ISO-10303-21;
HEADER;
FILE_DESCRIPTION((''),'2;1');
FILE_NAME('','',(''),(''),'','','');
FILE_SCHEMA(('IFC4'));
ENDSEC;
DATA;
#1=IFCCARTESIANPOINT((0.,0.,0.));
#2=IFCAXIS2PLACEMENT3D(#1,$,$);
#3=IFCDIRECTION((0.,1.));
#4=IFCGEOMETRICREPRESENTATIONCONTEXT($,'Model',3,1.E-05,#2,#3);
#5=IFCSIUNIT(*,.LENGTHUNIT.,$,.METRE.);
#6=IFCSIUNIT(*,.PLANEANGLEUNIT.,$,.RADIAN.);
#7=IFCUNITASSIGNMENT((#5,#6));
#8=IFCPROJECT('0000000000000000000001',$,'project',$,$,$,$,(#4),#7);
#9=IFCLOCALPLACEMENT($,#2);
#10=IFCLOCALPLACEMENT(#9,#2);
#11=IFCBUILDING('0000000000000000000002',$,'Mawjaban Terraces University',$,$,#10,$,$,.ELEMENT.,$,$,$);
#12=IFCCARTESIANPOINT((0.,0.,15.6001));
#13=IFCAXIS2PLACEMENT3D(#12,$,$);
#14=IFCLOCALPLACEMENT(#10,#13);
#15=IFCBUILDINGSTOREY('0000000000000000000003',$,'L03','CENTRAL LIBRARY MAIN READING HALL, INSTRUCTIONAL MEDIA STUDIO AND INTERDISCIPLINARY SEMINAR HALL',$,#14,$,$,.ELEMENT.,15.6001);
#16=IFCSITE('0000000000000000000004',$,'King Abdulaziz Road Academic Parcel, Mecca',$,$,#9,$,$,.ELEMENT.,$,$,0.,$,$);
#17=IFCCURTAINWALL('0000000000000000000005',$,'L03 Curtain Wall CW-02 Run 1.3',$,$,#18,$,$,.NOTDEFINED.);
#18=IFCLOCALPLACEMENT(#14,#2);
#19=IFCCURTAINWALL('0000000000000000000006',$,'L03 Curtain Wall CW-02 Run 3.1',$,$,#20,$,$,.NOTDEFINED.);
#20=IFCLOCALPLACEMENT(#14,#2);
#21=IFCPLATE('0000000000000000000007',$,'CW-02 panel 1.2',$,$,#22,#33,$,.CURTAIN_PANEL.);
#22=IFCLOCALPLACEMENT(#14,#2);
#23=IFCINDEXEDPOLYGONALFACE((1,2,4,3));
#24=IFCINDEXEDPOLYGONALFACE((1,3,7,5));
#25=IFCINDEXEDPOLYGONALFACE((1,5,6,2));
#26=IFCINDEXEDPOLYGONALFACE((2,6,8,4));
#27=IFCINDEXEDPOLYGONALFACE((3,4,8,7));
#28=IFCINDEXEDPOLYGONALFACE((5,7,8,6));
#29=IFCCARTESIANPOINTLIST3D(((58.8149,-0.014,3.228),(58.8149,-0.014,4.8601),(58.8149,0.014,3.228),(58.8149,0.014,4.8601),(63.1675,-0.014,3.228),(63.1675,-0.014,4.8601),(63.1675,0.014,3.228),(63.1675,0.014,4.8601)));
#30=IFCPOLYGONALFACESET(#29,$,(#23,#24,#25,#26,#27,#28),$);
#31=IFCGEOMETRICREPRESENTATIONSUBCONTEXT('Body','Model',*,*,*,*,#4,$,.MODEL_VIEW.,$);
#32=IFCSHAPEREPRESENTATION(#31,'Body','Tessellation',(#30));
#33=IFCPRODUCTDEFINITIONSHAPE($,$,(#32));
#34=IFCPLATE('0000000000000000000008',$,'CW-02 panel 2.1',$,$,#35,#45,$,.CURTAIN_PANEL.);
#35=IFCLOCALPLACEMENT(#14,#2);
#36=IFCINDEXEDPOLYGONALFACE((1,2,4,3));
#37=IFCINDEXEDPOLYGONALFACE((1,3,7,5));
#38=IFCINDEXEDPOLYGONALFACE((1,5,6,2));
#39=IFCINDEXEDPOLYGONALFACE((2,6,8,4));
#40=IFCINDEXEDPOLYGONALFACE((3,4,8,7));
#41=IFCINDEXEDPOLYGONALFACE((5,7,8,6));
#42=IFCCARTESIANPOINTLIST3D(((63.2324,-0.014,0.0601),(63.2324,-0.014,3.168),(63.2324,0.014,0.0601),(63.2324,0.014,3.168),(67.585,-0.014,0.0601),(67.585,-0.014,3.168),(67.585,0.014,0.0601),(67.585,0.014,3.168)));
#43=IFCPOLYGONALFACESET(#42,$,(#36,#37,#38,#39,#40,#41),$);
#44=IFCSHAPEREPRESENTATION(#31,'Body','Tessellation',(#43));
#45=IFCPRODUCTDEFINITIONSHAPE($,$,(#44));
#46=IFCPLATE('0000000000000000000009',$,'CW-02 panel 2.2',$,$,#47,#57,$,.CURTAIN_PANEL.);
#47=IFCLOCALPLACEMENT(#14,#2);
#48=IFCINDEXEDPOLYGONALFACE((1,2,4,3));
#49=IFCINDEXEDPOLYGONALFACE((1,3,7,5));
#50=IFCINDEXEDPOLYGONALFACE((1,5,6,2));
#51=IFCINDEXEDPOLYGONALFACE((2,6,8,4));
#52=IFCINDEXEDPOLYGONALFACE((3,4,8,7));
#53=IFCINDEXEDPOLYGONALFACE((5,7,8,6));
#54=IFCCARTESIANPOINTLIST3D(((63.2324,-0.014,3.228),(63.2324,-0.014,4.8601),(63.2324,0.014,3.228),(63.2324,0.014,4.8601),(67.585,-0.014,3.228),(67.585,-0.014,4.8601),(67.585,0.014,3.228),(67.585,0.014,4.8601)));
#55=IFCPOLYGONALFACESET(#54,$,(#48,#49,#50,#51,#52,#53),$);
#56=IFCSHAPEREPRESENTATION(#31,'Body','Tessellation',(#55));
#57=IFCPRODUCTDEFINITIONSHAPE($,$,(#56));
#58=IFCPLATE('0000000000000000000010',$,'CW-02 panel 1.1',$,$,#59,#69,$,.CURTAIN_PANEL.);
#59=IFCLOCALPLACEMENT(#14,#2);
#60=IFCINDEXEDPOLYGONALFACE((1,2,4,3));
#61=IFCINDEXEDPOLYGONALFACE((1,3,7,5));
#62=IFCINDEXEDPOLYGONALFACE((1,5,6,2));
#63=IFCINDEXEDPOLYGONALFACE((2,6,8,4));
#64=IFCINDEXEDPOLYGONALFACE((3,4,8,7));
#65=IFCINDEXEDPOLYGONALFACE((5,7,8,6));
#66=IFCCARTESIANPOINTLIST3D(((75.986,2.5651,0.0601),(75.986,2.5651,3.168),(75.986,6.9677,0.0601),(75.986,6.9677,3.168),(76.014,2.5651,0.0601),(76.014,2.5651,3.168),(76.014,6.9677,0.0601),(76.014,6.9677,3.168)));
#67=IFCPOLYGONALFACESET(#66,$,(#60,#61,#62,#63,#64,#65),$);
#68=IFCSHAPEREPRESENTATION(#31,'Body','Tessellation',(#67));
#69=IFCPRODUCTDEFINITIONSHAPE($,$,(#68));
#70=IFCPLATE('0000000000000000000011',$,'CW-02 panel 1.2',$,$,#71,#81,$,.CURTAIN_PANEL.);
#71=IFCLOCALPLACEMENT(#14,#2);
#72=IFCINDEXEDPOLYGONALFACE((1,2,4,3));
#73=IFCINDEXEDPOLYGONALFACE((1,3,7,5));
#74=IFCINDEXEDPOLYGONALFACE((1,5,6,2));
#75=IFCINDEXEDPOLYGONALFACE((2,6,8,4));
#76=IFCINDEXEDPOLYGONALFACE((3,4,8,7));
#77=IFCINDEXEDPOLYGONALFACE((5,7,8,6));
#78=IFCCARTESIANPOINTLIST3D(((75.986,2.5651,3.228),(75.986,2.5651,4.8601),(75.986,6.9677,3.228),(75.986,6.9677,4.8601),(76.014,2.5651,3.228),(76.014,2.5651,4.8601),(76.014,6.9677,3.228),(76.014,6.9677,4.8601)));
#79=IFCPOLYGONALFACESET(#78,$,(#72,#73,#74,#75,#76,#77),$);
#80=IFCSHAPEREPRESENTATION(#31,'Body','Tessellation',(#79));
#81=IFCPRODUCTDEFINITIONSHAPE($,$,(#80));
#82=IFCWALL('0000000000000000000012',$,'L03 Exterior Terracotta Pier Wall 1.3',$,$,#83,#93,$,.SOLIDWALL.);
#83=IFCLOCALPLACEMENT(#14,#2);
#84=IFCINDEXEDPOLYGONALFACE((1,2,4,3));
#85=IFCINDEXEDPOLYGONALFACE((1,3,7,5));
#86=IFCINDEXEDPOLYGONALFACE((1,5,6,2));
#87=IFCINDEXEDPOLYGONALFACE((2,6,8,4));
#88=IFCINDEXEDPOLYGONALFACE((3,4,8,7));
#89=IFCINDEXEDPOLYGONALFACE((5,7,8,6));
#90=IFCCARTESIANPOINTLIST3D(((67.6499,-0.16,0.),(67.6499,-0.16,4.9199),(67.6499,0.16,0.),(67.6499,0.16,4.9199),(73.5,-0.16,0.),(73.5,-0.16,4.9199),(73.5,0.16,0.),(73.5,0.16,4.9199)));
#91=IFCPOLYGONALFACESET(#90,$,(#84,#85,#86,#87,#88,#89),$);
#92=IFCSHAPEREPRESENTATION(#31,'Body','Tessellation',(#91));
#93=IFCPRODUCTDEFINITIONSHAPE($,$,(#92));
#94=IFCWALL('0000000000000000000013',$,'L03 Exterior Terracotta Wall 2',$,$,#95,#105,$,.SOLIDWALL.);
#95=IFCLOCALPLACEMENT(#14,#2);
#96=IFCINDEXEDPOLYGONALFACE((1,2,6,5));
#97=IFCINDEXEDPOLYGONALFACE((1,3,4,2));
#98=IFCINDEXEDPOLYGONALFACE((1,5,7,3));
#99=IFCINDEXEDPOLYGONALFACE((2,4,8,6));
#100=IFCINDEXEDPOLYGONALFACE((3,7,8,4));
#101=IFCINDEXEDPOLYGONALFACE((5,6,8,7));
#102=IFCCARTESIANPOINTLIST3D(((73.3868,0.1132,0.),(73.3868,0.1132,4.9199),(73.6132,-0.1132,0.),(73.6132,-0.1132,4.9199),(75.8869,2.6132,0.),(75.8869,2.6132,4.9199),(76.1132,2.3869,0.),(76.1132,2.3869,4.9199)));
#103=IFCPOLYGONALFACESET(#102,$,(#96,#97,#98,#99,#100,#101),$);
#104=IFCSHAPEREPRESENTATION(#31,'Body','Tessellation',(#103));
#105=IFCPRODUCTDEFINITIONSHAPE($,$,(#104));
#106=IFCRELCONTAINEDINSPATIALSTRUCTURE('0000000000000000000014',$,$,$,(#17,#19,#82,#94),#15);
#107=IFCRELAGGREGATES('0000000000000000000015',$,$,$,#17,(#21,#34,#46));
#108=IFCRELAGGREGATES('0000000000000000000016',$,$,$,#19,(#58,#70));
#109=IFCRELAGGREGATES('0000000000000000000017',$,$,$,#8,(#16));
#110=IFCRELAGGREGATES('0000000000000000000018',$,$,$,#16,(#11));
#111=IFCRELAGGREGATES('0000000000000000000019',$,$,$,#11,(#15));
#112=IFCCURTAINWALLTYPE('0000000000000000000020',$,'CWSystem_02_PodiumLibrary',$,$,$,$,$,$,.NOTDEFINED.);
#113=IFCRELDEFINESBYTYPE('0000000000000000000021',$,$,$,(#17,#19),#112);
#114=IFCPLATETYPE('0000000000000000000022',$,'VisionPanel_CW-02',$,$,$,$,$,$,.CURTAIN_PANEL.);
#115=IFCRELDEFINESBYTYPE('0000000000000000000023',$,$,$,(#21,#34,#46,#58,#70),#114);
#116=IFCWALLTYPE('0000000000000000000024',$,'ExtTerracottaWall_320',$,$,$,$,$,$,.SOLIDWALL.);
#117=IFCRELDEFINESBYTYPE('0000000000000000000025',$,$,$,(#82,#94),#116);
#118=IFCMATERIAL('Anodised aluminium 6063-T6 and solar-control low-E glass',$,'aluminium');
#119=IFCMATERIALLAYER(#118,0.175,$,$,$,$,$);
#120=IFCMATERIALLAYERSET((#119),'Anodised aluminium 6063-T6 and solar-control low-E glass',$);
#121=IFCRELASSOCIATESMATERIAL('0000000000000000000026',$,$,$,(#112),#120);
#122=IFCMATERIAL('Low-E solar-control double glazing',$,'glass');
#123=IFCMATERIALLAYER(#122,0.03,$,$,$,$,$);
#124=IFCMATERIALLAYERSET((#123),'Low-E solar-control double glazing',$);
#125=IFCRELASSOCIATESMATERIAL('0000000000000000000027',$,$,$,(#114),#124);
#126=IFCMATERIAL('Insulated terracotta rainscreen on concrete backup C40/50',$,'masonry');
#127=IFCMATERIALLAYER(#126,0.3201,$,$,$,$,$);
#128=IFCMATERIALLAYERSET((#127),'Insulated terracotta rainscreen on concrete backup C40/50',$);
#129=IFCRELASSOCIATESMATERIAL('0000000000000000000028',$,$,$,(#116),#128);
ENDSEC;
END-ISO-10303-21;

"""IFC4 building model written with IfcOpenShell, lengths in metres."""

from ifc_helpers import new_model, si_unit, direction, frame, frame_2d, origin, origin_2d, place, context, subcontext, project, spatial, rectangle, extrude, material, layer, layer_set, type_object, element, aggregate, save


model = new_model("IFC4")

# Units and contexts
model_context = context("Model", 3, precision=1e-05, world=origin(), true_north=direction((0.0, 1.0)))
body_context = subcontext(model_context, "Body", "Model", "MODEL_VIEW")
ifc_project = project(units=[si_unit("LENGTHUNIT", "METRE"), si_unit("PLANEANGLEUNIT", "RADIAN")], contexts=[model_context])

# Site, building, storey
site_placement = place(None, origin())
site = spatial("IfcSite", under=ifc_project, at=site_placement, Name="King Abdulaziz Road Academic Parcel, Mecca", CompositionType="ELEMENT", RefElevation=0.0)
building_placement = place(site_placement, origin())
building = spatial("IfcBuilding", under=site, at=building_placement, Name="Mawjaban Terraces University", CompositionType="ELEMENT")
storey_placement = place(building_placement, frame((0.0, 0.0, 15.6001)))
storey = spatial("IfcBuildingStorey", under=building, at=storey_placement, Name="L03", Description="CENTRAL LIBRARY MAIN READING HALL, INSTRUCTIONAL MEDIA STUDIO AND INTERDISCIPLINARY SEMINAR HALL", CompositionType="ELEMENT", Elevation=15.6001)

# Curtain walls
ifc_material_1 = material(Name="Anodised aluminium 6063-T6 and solar-control low-E glass", Category="aluminium")
ifc_layer_1 = layer(ifc_material_1, 0.175)
ifc_layer_set_1 = layer_set([ifc_layer_1], Name="Anodised aluminium 6063-T6 and solar-control low-E glass")
curtain_wall_type = type_object("IfcCurtainWallType", Name="CWSystem_02_PodiumLibrary", PredefinedType="NOTDEFINED", material=ifc_layer_set_1)
curtain_wall_1_placement = place(storey_placement, origin())
curtain_wall_1 = element("IfcCurtainWall", 1, at=curtain_wall_1_placement, inside=storey, type_object=curtain_wall_type, Name="L03 Curtain Wall CW-02 Run 1.3", PredefinedType="NOTDEFINED")
curtain_wall_2_placement = place(storey_placement, origin())
curtain_wall_2 = element("IfcCurtainWall", 2, at=curtain_wall_2_placement, inside=storey, type_object=curtain_wall_type, Name="L03 Curtain Wall CW-02 Run 3.1", PredefinedType="NOTDEFINED")

# Plates
ifc_material_2 = material(Name="Low-E solar-control double glazing", Category="glass")
ifc_layer_2 = layer(ifc_material_2, 0.03)
ifc_layer_set_2 = layer_set([ifc_layer_2], Name="Low-E solar-control double glazing")
plate_type = type_object("IfcPlateType", Name="VisionPanel_CW-02", PredefinedType="CURTAIN_PANEL", material=ifc_layer_set_2)
plate_1_placement = place(storey_placement, frame((60.9912, 0.0, 3.228), z_axis=(0.0, 0.0, 1.0), x_axis=(1.0, 0.0, 0.0)))
plate_1 = element("IfcPlate", 3, at=plate_1_placement, type_object=plate_type, Name="CW-02 panel 1.2", PredefinedType="CURTAIN_PANEL", context=body_context, shape_type="SweptSolid", body=[
    extrude(rectangle(XDim=4.3525, YDim=0.0281, at=origin_2d()), origin(), (0.0, 0.0, 1.0), 1.6321),
])
plate_2_placement = place(storey_placement, frame((65.4087, 0.0, 0.0601), z_axis=(0.0, 0.0, 1.0), x_axis=(1.0, 0.0, 0.0)))
plate_2 = element("IfcPlate", 4, at=plate_2_placement, type_object=plate_type, Name="CW-02 panel 2.1", PredefinedType="CURTAIN_PANEL", context=body_context, shape_type="SweptSolid", body=[
    extrude(rectangle(XDim=4.3525, YDim=0.0281, at=origin_2d()), origin(), (0.0, 0.0, 1.0), 3.1079),
])
plate_3_placement = place(storey_placement, frame((65.4087, 0.0, 3.228), z_axis=(0.0, 0.0, 1.0), x_axis=(1.0, 0.0, 0.0)))
plate_3 = element("IfcPlate", 5, at=plate_3_placement, type_object=plate_type, Name="CW-02 panel 2.2", PredefinedType="CURTAIN_PANEL", context=body_context, shape_type="SweptSolid", body=[
    extrude(rectangle(XDim=4.3525, YDim=0.0281, at=origin_2d()), origin(), (0.0, 0.0, 1.0), 1.6321),
])
aggregate(curtain_wall_1, [plate_1, plate_2, plate_3])
plate_4_placement = place(storey_placement, frame((76.0, 4.7664, 0.0601), z_axis=(0.0, 0.0, 1.0), x_axis=(0.0, 1.0, 0.0)))
plate_4 = element("IfcPlate", 6, at=plate_4_placement, type_object=plate_type, Name="CW-02 panel 1.1", PredefinedType="CURTAIN_PANEL", context=body_context, shape_type="SweptSolid", body=[
    extrude(rectangle(XDim=4.4026, YDim=0.0281, at=origin_2d()), origin(), (0.0, 0.0, 1.0), 3.1079),
])
plate_5_placement = place(storey_placement, frame((76.0, 4.7664, 3.228), z_axis=(0.0, 0.0, 1.0), x_axis=(0.0, 1.0, 0.0)))
plate_5 = element("IfcPlate", 7, at=plate_5_placement, type_object=plate_type, Name="CW-02 panel 1.2", PredefinedType="CURTAIN_PANEL", context=body_context, shape_type="SweptSolid", body=[
    extrude(rectangle(XDim=4.4026, YDim=0.0281, at=origin_2d()), origin(), (0.0, 0.0, 1.0), 1.6321),
])
aggregate(curtain_wall_2, [plate_4, plate_5])

# Walls
ifc_material_3 = material(Name="Insulated terracotta rainscreen on concrete backup C40/50", Category="masonry")
ifc_layer_3 = layer(ifc_material_3, 0.3201)
ifc_layer_set_3 = layer_set([ifc_layer_3], Name="Insulated terracotta rainscreen on concrete backup C40/50")
wall_type = type_object("IfcWallType", Name="ExtTerracottaWall_320", PredefinedType="SOLIDWALL", material=ifc_layer_set_3)
wall_1_placement = place(storey_placement, frame((67.6499, 0.0, 0.0), z_axis=(0.0, 0.0, 1.0), x_axis=(1.0, 0.0, 0.0)))
element("IfcWall", 8, at=wall_1_placement, inside=storey, type_object=wall_type, Name="L03 Exterior Terracotta Pier Wall 1.3", PredefinedType="SOLIDWALL", context=body_context, shape_type="SweptSolid", body=[
    extrude(rectangle(XDim=5.8501, YDim=0.3201, at=frame_2d((2.925, 0.0))), origin(), (0.0, 0.0, 1.0), 4.9199),
])
wall_2_placement = place(storey_placement, frame((73.5, 0.0, 0.0), z_axis=(0.0, 0.0, 1.0), x_axis=(0.707107, 0.707107, 0.0)))
element("IfcWall", 9, at=wall_2_placement, inside=storey, type_object=wall_type, Name="L03 Exterior Terracotta Wall 2", PredefinedType="SOLIDWALL", context=body_context, shape_type="SweptSolid", body=[
    extrude(rectangle(XDim=3.5356, YDim=0.3201, at=frame_2d((1.7678, 0.0))), origin(), (0.0, 0.0, 1.0), 4.9199),
])

save(model, "model.ifc")
